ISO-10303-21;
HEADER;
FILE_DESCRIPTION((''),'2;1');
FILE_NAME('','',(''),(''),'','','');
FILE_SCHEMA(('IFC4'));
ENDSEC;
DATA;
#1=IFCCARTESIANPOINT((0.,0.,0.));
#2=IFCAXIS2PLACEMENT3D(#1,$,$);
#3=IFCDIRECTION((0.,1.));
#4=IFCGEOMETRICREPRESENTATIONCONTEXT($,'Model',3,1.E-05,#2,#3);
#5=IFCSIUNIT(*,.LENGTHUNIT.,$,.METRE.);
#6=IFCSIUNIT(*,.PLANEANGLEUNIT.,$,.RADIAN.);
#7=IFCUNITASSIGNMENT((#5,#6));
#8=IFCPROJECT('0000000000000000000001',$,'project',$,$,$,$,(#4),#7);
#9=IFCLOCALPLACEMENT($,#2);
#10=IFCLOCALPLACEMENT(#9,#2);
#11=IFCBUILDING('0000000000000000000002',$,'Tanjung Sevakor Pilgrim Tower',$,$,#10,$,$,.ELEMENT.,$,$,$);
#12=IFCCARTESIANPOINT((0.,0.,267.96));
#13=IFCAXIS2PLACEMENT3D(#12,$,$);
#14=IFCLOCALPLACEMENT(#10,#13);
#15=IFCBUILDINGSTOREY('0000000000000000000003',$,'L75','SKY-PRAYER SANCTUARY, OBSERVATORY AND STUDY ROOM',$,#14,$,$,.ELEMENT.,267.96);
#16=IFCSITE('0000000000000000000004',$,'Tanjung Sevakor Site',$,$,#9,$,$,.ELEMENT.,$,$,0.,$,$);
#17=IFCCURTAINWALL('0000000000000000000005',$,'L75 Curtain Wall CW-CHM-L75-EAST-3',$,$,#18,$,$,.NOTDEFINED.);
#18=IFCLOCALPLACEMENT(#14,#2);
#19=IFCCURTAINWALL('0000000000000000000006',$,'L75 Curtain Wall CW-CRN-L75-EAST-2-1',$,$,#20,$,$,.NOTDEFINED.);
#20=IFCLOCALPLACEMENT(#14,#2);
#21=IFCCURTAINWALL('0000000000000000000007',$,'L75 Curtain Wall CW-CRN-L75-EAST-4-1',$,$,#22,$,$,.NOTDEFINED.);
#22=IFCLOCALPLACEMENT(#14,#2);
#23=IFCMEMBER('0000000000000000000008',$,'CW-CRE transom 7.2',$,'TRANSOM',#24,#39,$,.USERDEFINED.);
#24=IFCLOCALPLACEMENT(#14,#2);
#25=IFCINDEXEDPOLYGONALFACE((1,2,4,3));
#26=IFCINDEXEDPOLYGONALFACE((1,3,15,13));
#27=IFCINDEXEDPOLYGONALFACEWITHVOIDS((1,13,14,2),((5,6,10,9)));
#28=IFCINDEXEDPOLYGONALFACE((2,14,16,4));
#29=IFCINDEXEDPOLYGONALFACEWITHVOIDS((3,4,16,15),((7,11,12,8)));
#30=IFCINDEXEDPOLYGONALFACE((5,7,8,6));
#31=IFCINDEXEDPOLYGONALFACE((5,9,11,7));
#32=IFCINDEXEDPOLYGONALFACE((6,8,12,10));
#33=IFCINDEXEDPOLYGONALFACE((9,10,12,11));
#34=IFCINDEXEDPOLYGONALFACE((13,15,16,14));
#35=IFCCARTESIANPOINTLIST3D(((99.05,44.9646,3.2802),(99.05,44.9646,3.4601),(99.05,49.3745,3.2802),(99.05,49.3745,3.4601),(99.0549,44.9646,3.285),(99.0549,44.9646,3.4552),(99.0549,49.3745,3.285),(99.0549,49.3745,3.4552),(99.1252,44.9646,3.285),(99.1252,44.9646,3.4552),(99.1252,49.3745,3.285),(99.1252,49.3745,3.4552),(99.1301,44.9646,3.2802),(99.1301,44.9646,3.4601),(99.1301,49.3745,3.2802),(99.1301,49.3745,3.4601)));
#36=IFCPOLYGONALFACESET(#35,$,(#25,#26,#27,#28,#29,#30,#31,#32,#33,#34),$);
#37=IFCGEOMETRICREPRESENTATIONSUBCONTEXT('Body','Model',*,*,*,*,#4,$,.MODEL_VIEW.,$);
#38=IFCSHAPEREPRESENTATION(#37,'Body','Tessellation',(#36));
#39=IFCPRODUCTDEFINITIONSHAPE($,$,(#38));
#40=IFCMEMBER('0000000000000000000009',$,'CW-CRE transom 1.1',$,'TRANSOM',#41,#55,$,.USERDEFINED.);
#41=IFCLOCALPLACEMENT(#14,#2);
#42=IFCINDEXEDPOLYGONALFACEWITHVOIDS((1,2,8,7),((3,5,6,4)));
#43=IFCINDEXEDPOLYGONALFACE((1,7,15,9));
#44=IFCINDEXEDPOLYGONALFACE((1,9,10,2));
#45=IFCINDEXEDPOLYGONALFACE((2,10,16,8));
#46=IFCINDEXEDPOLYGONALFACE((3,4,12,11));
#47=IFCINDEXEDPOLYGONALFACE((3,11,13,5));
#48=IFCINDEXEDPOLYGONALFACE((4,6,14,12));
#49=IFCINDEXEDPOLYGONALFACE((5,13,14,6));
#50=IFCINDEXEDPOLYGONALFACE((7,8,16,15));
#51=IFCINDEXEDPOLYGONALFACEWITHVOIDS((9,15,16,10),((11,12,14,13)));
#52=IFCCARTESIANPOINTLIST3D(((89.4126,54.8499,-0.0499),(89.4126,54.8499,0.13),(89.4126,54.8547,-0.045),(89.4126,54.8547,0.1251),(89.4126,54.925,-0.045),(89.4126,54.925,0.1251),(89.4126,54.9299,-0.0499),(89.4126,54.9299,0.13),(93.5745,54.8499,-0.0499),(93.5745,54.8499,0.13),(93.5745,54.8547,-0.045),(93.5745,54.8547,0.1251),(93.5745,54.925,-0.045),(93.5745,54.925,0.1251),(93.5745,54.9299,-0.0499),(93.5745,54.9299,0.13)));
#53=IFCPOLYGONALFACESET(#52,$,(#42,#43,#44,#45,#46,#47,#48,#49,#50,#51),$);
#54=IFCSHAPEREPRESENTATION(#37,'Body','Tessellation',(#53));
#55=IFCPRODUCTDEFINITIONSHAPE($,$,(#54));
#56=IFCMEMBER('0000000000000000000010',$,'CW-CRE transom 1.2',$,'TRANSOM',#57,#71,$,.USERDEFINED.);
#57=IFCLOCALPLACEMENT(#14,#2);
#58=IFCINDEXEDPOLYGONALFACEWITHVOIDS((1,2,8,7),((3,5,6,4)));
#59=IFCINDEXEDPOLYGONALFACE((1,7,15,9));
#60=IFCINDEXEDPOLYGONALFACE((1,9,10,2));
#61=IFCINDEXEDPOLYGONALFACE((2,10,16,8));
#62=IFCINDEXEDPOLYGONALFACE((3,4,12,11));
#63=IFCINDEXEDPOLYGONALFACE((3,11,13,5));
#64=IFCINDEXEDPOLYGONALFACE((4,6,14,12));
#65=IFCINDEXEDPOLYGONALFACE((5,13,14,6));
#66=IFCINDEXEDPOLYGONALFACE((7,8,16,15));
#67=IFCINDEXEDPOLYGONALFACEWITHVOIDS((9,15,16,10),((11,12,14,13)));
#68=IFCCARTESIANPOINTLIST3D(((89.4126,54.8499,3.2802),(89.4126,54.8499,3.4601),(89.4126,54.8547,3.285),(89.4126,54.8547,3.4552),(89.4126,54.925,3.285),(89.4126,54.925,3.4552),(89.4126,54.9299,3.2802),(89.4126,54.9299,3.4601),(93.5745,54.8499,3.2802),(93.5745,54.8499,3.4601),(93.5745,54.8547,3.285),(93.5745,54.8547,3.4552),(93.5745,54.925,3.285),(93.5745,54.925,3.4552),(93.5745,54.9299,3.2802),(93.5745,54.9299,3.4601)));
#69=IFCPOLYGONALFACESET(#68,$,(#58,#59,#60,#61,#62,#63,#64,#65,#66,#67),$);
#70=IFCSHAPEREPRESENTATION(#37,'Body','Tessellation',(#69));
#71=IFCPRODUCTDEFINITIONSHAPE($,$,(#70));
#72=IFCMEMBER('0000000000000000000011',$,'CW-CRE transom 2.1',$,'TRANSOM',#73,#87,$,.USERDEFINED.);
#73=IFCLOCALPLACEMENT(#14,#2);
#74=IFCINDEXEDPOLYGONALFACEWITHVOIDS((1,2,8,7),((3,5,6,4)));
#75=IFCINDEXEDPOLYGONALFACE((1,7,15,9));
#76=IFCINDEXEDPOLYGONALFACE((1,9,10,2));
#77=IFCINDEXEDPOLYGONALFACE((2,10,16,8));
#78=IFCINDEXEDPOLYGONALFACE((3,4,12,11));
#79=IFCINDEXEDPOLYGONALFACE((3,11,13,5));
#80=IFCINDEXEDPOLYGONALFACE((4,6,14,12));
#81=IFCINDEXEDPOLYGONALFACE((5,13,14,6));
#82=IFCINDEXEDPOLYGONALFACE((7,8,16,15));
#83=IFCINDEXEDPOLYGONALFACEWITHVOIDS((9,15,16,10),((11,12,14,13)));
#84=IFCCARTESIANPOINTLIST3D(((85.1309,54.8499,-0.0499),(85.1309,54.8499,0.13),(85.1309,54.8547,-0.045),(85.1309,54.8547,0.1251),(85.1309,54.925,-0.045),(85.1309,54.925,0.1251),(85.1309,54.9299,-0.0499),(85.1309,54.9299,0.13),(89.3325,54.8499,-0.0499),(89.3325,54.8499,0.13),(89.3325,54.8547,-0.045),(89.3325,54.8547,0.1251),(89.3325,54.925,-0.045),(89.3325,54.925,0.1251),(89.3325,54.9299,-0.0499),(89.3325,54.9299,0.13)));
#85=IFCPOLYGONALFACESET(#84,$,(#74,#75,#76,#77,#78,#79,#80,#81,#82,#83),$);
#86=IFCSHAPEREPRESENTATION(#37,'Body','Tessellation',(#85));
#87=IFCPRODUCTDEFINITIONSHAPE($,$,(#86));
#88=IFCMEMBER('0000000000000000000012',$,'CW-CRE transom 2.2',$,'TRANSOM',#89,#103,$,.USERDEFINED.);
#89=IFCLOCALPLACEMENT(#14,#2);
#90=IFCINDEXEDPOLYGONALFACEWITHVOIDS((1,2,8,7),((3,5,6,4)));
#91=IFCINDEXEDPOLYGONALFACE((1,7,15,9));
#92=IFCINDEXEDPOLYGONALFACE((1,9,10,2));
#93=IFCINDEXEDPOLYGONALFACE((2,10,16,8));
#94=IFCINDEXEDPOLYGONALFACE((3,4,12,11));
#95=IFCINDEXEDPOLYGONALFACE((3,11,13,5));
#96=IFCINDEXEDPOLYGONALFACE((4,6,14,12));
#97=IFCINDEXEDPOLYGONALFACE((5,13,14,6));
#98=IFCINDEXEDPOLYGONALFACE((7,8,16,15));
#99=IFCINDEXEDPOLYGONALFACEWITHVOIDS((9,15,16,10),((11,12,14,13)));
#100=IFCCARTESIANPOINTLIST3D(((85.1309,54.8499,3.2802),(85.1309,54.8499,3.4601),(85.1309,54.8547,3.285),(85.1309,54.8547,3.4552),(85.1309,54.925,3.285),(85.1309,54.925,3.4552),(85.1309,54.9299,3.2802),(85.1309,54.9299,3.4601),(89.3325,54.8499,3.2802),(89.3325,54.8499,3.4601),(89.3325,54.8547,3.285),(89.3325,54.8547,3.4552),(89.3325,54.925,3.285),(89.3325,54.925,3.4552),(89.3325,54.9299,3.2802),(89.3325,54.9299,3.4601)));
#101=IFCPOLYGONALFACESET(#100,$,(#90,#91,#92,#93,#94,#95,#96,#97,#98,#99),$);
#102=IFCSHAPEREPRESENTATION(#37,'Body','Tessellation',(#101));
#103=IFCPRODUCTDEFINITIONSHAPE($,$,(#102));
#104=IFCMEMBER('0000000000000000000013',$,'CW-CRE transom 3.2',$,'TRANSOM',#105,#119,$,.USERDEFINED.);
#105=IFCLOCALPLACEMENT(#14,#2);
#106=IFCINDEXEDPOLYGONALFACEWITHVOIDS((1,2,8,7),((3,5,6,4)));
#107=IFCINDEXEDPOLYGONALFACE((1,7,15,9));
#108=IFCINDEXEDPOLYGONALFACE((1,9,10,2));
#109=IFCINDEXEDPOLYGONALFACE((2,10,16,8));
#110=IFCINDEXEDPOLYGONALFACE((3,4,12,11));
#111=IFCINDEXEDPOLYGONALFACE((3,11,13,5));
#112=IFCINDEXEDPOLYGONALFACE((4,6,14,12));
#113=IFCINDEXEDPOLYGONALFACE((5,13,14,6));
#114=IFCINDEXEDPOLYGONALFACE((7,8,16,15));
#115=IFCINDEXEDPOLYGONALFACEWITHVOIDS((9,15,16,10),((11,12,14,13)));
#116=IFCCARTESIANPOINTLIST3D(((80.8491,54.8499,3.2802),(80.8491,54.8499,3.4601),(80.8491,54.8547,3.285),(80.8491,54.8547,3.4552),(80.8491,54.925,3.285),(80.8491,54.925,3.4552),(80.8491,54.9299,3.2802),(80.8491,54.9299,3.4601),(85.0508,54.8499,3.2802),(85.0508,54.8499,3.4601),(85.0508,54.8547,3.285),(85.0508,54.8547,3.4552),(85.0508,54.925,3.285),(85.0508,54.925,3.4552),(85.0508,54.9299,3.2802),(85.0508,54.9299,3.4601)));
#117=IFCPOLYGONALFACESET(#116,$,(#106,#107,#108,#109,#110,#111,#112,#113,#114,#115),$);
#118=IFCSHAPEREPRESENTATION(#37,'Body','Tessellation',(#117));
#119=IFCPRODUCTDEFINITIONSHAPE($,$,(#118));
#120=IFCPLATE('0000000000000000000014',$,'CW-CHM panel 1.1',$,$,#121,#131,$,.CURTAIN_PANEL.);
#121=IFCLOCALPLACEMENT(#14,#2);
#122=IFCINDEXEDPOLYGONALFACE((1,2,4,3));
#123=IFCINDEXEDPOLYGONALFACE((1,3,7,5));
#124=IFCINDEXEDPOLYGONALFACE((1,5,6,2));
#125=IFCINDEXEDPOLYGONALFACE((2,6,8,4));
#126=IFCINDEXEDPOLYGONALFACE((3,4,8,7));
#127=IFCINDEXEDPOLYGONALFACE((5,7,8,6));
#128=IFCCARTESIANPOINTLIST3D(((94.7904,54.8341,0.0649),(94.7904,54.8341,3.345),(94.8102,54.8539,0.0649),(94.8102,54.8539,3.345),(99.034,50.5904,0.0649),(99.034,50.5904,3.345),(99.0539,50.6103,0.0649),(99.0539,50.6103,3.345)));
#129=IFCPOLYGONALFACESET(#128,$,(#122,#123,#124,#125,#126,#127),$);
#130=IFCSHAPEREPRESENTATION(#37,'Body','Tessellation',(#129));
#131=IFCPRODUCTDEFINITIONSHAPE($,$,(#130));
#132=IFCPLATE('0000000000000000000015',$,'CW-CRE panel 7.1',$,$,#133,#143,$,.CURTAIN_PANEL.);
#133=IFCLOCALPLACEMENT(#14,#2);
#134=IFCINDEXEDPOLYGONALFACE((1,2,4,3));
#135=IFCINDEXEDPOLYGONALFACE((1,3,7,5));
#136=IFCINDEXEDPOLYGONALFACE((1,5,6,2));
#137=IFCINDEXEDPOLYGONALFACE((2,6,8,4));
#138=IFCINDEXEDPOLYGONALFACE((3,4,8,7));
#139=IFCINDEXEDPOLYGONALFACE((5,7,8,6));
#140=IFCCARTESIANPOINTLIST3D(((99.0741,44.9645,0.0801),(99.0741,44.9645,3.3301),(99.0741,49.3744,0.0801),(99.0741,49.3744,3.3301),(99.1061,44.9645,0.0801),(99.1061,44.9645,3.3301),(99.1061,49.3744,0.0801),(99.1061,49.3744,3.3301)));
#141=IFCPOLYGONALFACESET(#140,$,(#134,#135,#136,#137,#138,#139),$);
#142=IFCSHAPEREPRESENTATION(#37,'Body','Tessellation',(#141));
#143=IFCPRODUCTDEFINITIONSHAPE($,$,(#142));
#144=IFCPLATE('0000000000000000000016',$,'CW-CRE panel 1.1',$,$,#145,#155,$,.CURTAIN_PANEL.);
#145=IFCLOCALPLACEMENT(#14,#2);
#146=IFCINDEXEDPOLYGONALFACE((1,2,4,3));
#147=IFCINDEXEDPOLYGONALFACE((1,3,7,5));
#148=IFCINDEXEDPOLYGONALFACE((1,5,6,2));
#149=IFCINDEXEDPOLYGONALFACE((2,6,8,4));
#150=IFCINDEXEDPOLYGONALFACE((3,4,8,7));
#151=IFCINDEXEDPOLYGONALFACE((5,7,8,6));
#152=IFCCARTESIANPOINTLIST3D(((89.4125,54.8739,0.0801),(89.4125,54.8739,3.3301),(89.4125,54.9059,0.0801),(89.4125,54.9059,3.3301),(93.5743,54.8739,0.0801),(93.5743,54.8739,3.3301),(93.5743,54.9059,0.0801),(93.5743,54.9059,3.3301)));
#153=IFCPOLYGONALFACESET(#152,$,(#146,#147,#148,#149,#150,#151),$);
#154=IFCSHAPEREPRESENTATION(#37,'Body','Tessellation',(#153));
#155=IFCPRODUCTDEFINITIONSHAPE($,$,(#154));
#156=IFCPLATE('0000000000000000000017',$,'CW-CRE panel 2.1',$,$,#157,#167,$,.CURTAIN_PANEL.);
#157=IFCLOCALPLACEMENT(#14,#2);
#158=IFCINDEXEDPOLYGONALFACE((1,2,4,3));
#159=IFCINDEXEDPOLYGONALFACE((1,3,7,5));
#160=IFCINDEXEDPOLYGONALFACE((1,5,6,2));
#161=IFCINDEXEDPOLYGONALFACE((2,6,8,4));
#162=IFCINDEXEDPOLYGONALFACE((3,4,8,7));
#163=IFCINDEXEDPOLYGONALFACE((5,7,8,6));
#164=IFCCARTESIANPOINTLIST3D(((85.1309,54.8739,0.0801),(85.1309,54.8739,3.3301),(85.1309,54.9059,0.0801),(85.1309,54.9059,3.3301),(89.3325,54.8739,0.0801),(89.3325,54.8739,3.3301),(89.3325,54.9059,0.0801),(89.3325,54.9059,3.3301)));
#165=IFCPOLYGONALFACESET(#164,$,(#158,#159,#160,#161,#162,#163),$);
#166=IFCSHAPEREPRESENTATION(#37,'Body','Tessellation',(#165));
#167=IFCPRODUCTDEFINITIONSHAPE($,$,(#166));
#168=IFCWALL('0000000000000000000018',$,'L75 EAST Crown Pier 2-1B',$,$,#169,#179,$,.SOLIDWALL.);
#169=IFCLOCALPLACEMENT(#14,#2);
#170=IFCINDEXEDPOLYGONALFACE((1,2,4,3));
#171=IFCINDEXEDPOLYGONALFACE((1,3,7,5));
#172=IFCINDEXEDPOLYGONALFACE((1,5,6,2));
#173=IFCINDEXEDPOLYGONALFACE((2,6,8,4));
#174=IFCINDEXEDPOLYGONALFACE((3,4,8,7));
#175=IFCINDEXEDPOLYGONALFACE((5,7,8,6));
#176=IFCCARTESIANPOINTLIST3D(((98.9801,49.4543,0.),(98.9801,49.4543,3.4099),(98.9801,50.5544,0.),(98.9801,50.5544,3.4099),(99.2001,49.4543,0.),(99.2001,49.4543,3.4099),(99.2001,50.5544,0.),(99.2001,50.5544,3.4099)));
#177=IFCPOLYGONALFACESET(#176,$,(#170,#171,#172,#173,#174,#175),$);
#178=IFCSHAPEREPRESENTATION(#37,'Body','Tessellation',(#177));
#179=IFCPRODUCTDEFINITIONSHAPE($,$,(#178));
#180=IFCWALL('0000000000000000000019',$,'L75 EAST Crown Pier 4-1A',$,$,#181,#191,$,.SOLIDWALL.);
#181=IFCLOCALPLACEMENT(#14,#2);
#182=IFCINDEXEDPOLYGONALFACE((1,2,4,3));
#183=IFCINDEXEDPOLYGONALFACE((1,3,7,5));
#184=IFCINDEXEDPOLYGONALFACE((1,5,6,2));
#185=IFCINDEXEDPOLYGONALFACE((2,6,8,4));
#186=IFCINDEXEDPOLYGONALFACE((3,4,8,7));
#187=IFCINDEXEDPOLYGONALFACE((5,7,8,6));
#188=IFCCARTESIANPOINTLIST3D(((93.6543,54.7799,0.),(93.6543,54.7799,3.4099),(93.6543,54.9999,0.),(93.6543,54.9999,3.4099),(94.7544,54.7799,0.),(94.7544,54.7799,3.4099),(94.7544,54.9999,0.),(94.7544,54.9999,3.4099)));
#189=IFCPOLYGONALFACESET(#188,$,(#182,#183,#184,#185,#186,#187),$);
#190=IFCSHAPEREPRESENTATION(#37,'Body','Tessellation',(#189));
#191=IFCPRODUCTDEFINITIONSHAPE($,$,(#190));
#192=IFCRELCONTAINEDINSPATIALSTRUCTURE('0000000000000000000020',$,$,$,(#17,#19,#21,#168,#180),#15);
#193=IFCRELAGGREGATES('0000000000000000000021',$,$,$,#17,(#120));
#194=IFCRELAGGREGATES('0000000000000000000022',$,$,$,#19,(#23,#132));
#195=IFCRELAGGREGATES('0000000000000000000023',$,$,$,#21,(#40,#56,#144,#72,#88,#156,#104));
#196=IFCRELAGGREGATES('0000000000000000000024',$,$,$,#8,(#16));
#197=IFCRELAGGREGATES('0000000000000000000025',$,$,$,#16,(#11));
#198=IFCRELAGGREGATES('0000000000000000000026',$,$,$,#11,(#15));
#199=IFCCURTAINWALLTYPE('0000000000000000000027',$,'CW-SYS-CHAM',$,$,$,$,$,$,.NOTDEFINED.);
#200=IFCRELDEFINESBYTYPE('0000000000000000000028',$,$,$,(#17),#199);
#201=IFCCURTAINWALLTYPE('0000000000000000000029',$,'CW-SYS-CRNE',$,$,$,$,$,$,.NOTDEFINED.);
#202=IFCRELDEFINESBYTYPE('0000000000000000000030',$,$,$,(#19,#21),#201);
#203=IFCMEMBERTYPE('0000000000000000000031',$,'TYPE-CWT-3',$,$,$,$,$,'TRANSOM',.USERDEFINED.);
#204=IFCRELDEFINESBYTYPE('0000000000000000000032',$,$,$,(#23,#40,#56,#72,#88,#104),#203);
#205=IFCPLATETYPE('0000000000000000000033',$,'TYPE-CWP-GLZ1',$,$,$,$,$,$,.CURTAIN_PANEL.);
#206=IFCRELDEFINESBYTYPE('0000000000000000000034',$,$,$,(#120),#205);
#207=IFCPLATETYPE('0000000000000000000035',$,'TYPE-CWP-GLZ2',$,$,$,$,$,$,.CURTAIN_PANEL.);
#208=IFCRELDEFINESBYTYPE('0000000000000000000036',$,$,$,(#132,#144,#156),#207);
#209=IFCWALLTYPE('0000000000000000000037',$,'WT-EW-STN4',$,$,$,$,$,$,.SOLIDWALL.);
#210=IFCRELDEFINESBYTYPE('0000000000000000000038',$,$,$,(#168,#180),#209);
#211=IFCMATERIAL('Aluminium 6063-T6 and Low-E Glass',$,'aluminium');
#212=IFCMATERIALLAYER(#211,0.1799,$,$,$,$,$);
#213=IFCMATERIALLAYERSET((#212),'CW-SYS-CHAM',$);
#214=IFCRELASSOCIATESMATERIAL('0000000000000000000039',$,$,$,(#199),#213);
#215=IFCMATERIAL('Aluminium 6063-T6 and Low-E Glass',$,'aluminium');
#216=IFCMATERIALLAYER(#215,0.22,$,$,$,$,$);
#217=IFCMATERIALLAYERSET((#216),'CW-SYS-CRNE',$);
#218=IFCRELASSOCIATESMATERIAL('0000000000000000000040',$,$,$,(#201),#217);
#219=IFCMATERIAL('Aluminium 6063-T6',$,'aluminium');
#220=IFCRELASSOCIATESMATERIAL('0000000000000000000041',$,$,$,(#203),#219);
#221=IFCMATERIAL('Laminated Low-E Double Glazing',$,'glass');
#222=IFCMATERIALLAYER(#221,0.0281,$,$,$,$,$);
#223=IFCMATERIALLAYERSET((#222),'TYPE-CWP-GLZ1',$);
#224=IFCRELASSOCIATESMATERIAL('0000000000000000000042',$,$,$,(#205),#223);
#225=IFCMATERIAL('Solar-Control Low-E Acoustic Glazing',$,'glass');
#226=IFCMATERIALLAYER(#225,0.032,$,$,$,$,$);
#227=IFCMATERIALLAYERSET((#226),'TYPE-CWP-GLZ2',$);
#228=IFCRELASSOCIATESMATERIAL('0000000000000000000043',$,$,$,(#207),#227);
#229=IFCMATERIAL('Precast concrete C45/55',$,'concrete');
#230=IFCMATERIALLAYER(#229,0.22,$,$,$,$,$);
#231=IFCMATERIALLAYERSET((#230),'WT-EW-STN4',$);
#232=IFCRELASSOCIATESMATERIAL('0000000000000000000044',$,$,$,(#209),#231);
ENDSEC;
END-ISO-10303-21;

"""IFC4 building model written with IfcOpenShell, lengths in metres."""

from ifc_helpers import new_model, si_unit, direction, frame, frame_2d, origin, origin_2d, place, context, subcontext, project, spatial, rectangle, hollow_rectangle, extrude, material, layer, layer_set, material_profile, profile_set, type_object, element, aggregate, save


model = new_model("IFC4")

# Units and contexts
model_context = context("Model", 3, precision=1e-05, world=origin(), true_north=direction((0.0, 1.0)))
body_context = subcontext(model_context, "Body", "Model", "MODEL_VIEW")
ifc_project = project(units=[si_unit("LENGTHUNIT", "METRE"), si_unit("PLANEANGLEUNIT", "RADIAN")], contexts=[model_context])

# Site, building, storey
site_placement = place(None, origin())
site = spatial("IfcSite", under=ifc_project, at=site_placement, Name="Tanjung Sevakor Site", CompositionType="ELEMENT", RefElevation=0.0)
building_placement = place(site_placement, origin())
building = spatial("IfcBuilding", under=site, at=building_placement, Name="Tanjung Sevakor Pilgrim Tower", CompositionType="ELEMENT")
storey_placement = place(building_placement, frame((0.0, 0.0, 267.96)))
storey = spatial("IfcBuildingStorey", under=building, at=storey_placement, Name="L75", Description="SKY-PRAYER SANCTUARY, OBSERVATORY AND STUDY ROOM", CompositionType="ELEMENT", Elevation=267.96)

# Curtain walls
ifc_material_1 = material(Name="Aluminium 6063-T6 and Low-E Glass", Category="aluminium")
ifc_layer_1 = layer(ifc_material_1, 0.1799)
ifc_layer_set_1 = layer_set([ifc_layer_1], Name="CW-SYS-CHAM")
curtain_wall_type_1 = type_object("IfcCurtainWallType", Name="CW-SYS-CHAM", PredefinedType="NOTDEFINED", material=ifc_layer_set_1)
curtain_wall_1_placement = place(storey_placement, origin())
curtain_wall_1 = element("IfcCurtainWall", 1, at=curtain_wall_1_placement, inside=storey, type_object=curtain_wall_type_1, Name="L75 Curtain Wall CW-CHM-L75-EAST-3", PredefinedType="NOTDEFINED")
ifc_material_2 = material(Name="Aluminium 6063-T6 and Low-E Glass", Category="aluminium")
ifc_layer_2 = layer(ifc_material_2, 0.22)
ifc_layer_set_2 = layer_set([ifc_layer_2], Name="CW-SYS-CRNE")
curtain_wall_type_2 = type_object("IfcCurtainWallType", Name="CW-SYS-CRNE", PredefinedType="NOTDEFINED", material=ifc_layer_set_2)
curtain_wall_2_placement = place(storey_placement, origin())
curtain_wall_2 = element("IfcCurtainWall", 2, at=curtain_wall_2_placement, inside=storey, type_object=curtain_wall_type_2, Name="L75 Curtain Wall CW-CRN-L75-EAST-2-1", PredefinedType="NOTDEFINED")
curtain_wall_3_placement = place(storey_placement, origin())
curtain_wall_3 = element("IfcCurtainWall", 3, at=curtain_wall_3_placement, inside=storey, type_object=curtain_wall_type_2, Name="L75 Curtain Wall CW-CRN-L75-EAST-4-1", PredefinedType="NOTDEFINED")

# Members
ifc_material_3 = material(Name="Aluminium 6063-T6", Category="aluminium")
ifc_material_profile_1 = material_profile(ifc_material_3, hollow_rectangle(XDim=0.0801, YDim=0.1799, WallThickness=0.0049, at=origin_2d()))
ifc_profile_set_1 = profile_set([ifc_material_profile_1], Name="Aluminium 6063-T6")
member_type_1 = type_object("IfcMemberType", Name="TYPE-CWT-3", ElementType="TRANSOM", PredefinedType="USERDEFINED", material=ifc_profile_set_1)
member_1_placement = place(storey_placement, frame((99.0901, 44.9646, 3.3701), z_axis=(0.0, 1.0, 0.0), x_axis=(-1.0, 0.0, 0.0)))
member_1 = element("IfcMember", 4, at=member_1_placement, type_object=member_type_1, Name="CW-CRE transom 7.2", ObjectType="TRANSOM", PredefinedType="USERDEFINED", context=body_context, shape_type="SweptSolid", body=[
    extrude(hollow_rectangle(XDim=0.0801, YDim=0.1799, WallThickness=0.0049, at=origin_2d()), origin(), (0.0, 0.0, 1.0), 4.4099),
])
member_2_placement = place(storey_placement, frame((93.5745, 54.8899, 0.04), z_axis=(-1.0, 0.0, 0.0), x_axis=(0.0, -1.0, 0.0)))
member_2 = element("IfcMember", 5, at=member_2_placement, type_object=member_type_1, Name="CW-CRE transom 1.1", ObjectType="TRANSOM", PredefinedType="USERDEFINED", context=body_context, shape_type="SweptSolid", body=[
    extrude(hollow_rectangle(XDim=0.0801, YDim=0.1799, WallThickness=0.0049, at=origin_2d()), origin(), (0.0, 0.0, 1.0), 4.1619),
])
member_3_placement = place(storey_placement, frame((93.5745, 54.8899, 3.3701), z_axis=(-1.0, 0.0, 0.0), x_axis=(0.0, -1.0, 0.0)))
member_3 = element("IfcMember", 6, at=member_3_placement, type_object=member_type_1, Name="CW-CRE transom 1.2", ObjectType="TRANSOM", PredefinedType="USERDEFINED", context=body_context, shape_type="SweptSolid", body=[
    extrude(hollow_rectangle(XDim=0.0801, YDim=0.1799, WallThickness=0.0049, at=origin_2d()), origin(), (0.0, 0.0, 1.0), 4.1619),
])
member_4_placement = place(storey_placement, frame((89.3325, 54.8899, 0.04), z_axis=(-1.0, 0.0, 0.0), x_axis=(0.0, -1.0, 0.0)))
member_4 = element("IfcMember", 7, at=member_4_placement, type_object=member_type_1, Name="CW-CRE transom 2.1", ObjectType="TRANSOM", PredefinedType="USERDEFINED", context=body_context, shape_type="SweptSolid", body=[
    extrude(hollow_rectangle(XDim=0.0801, YDim=0.1799, WallThickness=0.0049, at=origin_2d()), origin(), (0.0, 0.0, 1.0), 4.2017),
])
member_5_placement = place(storey_placement, frame((89.3325, 54.8899, 3.3701), z_axis=(-1.0, 0.0, 0.0), x_axis=(0.0, -1.0, 0.0)))
member_5 = element("IfcMember", 8, at=member_5_placement, type_object=member_type_1, Name="CW-CRE transom 2.2", ObjectType="TRANSOM", PredefinedType="USERDEFINED", context=body_context, shape_type="SweptSolid", body=[
    extrude(hollow_rectangle(XDim=0.0801, YDim=0.1799, WallThickness=0.0049, at=origin_2d()), origin(), (0.0, 0.0, 1.0), 4.2017),
])
member_6_placement = place(storey_placement, frame((85.0508, 54.8899, 3.3701), z_axis=(-1.0, 0.0, 0.0), x_axis=(0.0, -1.0, 0.0)))
member_6 = element("IfcMember", 9, at=member_6_placement, type_object=member_type_1, Name="CW-CRE transom 3.2", ObjectType="TRANSOM", PredefinedType="USERDEFINED", context=body_context, shape_type="SweptSolid", body=[
    extrude(hollow_rectangle(XDim=0.0801, YDim=0.1799, WallThickness=0.0049, at=origin_2d()), origin(), (0.0, 0.0, 1.0), 4.2017),
])

# Plates
ifc_material_4 = material(Name="Laminated Low-E Double Glazing", Category="glass")
ifc_layer_3 = layer(ifc_material_4, 0.0281)
ifc_layer_set_3 = layer_set([ifc_layer_3], Name="TYPE-CWP-GLZ1")
plate_type_1 = type_object("IfcPlateType", Name="TYPE-CWP-GLZ1", PredefinedType="CURTAIN_PANEL", material=ifc_layer_set_3)
plate_1_placement = place(storey_placement, frame((96.9221, 52.7222, 0.0649), z_axis=(0.0, 0.0, 1.0), x_axis=(-0.707107, 0.707107, 0.0)))
plate_1 = element("IfcPlate", 10, at=plate_1_placement, type_object=plate_type_1, Name="CW-CHM panel 1.1", PredefinedType="CURTAIN_PANEL", context=body_context, shape_type="SweptSolid", body=[
    extrude(rectangle(XDim=6.0015, YDim=0.0281, at=origin_2d()), origin(), (0.0, 0.0, 1.0), 3.28),
])
aggregate(curtain_wall_1, [plate_1])
ifc_material_5 = material(Name="Solar-Control Low-E Acoustic Glazing", Category="glass")
ifc_layer_4 = layer(ifc_material_5, 0.032)
ifc_layer_set_4 = layer_set([ifc_layer_4], Name="TYPE-CWP-GLZ2")
plate_type_2 = type_object("IfcPlateType", Name="TYPE-CWP-GLZ2", PredefinedType="CURTAIN_PANEL", material=ifc_layer_set_4)
plate_2_placement = place(storey_placement, frame((99.0901, 47.1694, 0.0801), z_axis=(0.0, 0.0, 1.0), x_axis=(0.0, 1.0, 0.0)))
plate_2 = element("IfcPlate", 11, at=plate_2_placement, type_object=plate_type_2, Name="CW-CRE panel 7.1", PredefinedType="CURTAIN_PANEL", context=body_context, shape_type="SweptSolid", body=[
    extrude(rectangle(XDim=4.4099, YDim=0.032, at=origin_2d()), origin(), (0.0, 0.0, 1.0), 3.25),
])
aggregate(curtain_wall_2, [member_1, plate_2])
plate_3_placement = place(storey_placement, frame((91.4934, 54.8899, 0.0801), z_axis=(0.0, 0.0, 1.0), x_axis=(-1.0, 0.0, 0.0)))
plate_3 = element("IfcPlate", 12, at=plate_3_placement, type_object=plate_type_2, Name="CW-CRE panel 1.1", PredefinedType="CURTAIN_PANEL", context=body_context, shape_type="SweptSolid", body=[
    extrude(rectangle(XDim=4.1619, YDim=0.032, at=origin_2d()), origin(), (0.0, 0.0, 1.0), 3.25),
])
plate_4_placement = place(storey_placement, frame((87.2317, 54.8899, 0.0801), z_axis=(0.0, 0.0, 1.0), x_axis=(-1.0, 0.0, 0.0)))
plate_4 = element("IfcPlate", 13, at=plate_4_placement, type_object=plate_type_2, Name="CW-CRE panel 2.1", PredefinedType="CURTAIN_PANEL", context=body_context, shape_type="SweptSolid", body=[
    extrude(rectangle(XDim=4.2017, YDim=0.032, at=origin_2d()), origin(), (0.0, 0.0, 1.0), 3.25),
])
aggregate(curtain_wall_3, [member_2, member_3, plate_3, member_4, member_5, plate_4, member_6])

# Walls
ifc_material_6 = material(Name="Precast concrete C45/55", Category="concrete")
ifc_layer_5 = layer(ifc_material_6, 0.22)
ifc_layer_set_5 = layer_set([ifc_layer_5], Name="WT-EW-STN4")
wall_type_1 = type_object("IfcWallType", Name="WT-EW-STN4", PredefinedType="SOLIDWALL", material=ifc_layer_set_5)
for number, where, z_axis, x_axis, name in (
    (14, (99.0901, 49.4543, 0.0), (0.0, 0.0, 1.0), (0.0, 1.0, 0.0), "L75 EAST Crown Pier 2-1B"),
    (15, (94.7544, 54.8899, 0.0), (0.0, 0.0, 1.0), (-1.0, 0.0, 0.0), "L75 EAST Crown Pier 4-1A"),
):
    element("IfcWall", number, at=place(storey_placement, frame(where, z_axis=z_axis, x_axis=x_axis)), inside=storey, type_object=wall_type_1, Name=name, PredefinedType="SOLIDWALL", context=body_context, shape_type="SweptSolid", body=[
        extrude(rectangle(XDim=1.1001, YDim=0.22, at=frame_2d((0.55, 0.0))), origin(), (0.0, 0.0, 1.0), 3.4099),
    ])

save(model, "model.ifc")
